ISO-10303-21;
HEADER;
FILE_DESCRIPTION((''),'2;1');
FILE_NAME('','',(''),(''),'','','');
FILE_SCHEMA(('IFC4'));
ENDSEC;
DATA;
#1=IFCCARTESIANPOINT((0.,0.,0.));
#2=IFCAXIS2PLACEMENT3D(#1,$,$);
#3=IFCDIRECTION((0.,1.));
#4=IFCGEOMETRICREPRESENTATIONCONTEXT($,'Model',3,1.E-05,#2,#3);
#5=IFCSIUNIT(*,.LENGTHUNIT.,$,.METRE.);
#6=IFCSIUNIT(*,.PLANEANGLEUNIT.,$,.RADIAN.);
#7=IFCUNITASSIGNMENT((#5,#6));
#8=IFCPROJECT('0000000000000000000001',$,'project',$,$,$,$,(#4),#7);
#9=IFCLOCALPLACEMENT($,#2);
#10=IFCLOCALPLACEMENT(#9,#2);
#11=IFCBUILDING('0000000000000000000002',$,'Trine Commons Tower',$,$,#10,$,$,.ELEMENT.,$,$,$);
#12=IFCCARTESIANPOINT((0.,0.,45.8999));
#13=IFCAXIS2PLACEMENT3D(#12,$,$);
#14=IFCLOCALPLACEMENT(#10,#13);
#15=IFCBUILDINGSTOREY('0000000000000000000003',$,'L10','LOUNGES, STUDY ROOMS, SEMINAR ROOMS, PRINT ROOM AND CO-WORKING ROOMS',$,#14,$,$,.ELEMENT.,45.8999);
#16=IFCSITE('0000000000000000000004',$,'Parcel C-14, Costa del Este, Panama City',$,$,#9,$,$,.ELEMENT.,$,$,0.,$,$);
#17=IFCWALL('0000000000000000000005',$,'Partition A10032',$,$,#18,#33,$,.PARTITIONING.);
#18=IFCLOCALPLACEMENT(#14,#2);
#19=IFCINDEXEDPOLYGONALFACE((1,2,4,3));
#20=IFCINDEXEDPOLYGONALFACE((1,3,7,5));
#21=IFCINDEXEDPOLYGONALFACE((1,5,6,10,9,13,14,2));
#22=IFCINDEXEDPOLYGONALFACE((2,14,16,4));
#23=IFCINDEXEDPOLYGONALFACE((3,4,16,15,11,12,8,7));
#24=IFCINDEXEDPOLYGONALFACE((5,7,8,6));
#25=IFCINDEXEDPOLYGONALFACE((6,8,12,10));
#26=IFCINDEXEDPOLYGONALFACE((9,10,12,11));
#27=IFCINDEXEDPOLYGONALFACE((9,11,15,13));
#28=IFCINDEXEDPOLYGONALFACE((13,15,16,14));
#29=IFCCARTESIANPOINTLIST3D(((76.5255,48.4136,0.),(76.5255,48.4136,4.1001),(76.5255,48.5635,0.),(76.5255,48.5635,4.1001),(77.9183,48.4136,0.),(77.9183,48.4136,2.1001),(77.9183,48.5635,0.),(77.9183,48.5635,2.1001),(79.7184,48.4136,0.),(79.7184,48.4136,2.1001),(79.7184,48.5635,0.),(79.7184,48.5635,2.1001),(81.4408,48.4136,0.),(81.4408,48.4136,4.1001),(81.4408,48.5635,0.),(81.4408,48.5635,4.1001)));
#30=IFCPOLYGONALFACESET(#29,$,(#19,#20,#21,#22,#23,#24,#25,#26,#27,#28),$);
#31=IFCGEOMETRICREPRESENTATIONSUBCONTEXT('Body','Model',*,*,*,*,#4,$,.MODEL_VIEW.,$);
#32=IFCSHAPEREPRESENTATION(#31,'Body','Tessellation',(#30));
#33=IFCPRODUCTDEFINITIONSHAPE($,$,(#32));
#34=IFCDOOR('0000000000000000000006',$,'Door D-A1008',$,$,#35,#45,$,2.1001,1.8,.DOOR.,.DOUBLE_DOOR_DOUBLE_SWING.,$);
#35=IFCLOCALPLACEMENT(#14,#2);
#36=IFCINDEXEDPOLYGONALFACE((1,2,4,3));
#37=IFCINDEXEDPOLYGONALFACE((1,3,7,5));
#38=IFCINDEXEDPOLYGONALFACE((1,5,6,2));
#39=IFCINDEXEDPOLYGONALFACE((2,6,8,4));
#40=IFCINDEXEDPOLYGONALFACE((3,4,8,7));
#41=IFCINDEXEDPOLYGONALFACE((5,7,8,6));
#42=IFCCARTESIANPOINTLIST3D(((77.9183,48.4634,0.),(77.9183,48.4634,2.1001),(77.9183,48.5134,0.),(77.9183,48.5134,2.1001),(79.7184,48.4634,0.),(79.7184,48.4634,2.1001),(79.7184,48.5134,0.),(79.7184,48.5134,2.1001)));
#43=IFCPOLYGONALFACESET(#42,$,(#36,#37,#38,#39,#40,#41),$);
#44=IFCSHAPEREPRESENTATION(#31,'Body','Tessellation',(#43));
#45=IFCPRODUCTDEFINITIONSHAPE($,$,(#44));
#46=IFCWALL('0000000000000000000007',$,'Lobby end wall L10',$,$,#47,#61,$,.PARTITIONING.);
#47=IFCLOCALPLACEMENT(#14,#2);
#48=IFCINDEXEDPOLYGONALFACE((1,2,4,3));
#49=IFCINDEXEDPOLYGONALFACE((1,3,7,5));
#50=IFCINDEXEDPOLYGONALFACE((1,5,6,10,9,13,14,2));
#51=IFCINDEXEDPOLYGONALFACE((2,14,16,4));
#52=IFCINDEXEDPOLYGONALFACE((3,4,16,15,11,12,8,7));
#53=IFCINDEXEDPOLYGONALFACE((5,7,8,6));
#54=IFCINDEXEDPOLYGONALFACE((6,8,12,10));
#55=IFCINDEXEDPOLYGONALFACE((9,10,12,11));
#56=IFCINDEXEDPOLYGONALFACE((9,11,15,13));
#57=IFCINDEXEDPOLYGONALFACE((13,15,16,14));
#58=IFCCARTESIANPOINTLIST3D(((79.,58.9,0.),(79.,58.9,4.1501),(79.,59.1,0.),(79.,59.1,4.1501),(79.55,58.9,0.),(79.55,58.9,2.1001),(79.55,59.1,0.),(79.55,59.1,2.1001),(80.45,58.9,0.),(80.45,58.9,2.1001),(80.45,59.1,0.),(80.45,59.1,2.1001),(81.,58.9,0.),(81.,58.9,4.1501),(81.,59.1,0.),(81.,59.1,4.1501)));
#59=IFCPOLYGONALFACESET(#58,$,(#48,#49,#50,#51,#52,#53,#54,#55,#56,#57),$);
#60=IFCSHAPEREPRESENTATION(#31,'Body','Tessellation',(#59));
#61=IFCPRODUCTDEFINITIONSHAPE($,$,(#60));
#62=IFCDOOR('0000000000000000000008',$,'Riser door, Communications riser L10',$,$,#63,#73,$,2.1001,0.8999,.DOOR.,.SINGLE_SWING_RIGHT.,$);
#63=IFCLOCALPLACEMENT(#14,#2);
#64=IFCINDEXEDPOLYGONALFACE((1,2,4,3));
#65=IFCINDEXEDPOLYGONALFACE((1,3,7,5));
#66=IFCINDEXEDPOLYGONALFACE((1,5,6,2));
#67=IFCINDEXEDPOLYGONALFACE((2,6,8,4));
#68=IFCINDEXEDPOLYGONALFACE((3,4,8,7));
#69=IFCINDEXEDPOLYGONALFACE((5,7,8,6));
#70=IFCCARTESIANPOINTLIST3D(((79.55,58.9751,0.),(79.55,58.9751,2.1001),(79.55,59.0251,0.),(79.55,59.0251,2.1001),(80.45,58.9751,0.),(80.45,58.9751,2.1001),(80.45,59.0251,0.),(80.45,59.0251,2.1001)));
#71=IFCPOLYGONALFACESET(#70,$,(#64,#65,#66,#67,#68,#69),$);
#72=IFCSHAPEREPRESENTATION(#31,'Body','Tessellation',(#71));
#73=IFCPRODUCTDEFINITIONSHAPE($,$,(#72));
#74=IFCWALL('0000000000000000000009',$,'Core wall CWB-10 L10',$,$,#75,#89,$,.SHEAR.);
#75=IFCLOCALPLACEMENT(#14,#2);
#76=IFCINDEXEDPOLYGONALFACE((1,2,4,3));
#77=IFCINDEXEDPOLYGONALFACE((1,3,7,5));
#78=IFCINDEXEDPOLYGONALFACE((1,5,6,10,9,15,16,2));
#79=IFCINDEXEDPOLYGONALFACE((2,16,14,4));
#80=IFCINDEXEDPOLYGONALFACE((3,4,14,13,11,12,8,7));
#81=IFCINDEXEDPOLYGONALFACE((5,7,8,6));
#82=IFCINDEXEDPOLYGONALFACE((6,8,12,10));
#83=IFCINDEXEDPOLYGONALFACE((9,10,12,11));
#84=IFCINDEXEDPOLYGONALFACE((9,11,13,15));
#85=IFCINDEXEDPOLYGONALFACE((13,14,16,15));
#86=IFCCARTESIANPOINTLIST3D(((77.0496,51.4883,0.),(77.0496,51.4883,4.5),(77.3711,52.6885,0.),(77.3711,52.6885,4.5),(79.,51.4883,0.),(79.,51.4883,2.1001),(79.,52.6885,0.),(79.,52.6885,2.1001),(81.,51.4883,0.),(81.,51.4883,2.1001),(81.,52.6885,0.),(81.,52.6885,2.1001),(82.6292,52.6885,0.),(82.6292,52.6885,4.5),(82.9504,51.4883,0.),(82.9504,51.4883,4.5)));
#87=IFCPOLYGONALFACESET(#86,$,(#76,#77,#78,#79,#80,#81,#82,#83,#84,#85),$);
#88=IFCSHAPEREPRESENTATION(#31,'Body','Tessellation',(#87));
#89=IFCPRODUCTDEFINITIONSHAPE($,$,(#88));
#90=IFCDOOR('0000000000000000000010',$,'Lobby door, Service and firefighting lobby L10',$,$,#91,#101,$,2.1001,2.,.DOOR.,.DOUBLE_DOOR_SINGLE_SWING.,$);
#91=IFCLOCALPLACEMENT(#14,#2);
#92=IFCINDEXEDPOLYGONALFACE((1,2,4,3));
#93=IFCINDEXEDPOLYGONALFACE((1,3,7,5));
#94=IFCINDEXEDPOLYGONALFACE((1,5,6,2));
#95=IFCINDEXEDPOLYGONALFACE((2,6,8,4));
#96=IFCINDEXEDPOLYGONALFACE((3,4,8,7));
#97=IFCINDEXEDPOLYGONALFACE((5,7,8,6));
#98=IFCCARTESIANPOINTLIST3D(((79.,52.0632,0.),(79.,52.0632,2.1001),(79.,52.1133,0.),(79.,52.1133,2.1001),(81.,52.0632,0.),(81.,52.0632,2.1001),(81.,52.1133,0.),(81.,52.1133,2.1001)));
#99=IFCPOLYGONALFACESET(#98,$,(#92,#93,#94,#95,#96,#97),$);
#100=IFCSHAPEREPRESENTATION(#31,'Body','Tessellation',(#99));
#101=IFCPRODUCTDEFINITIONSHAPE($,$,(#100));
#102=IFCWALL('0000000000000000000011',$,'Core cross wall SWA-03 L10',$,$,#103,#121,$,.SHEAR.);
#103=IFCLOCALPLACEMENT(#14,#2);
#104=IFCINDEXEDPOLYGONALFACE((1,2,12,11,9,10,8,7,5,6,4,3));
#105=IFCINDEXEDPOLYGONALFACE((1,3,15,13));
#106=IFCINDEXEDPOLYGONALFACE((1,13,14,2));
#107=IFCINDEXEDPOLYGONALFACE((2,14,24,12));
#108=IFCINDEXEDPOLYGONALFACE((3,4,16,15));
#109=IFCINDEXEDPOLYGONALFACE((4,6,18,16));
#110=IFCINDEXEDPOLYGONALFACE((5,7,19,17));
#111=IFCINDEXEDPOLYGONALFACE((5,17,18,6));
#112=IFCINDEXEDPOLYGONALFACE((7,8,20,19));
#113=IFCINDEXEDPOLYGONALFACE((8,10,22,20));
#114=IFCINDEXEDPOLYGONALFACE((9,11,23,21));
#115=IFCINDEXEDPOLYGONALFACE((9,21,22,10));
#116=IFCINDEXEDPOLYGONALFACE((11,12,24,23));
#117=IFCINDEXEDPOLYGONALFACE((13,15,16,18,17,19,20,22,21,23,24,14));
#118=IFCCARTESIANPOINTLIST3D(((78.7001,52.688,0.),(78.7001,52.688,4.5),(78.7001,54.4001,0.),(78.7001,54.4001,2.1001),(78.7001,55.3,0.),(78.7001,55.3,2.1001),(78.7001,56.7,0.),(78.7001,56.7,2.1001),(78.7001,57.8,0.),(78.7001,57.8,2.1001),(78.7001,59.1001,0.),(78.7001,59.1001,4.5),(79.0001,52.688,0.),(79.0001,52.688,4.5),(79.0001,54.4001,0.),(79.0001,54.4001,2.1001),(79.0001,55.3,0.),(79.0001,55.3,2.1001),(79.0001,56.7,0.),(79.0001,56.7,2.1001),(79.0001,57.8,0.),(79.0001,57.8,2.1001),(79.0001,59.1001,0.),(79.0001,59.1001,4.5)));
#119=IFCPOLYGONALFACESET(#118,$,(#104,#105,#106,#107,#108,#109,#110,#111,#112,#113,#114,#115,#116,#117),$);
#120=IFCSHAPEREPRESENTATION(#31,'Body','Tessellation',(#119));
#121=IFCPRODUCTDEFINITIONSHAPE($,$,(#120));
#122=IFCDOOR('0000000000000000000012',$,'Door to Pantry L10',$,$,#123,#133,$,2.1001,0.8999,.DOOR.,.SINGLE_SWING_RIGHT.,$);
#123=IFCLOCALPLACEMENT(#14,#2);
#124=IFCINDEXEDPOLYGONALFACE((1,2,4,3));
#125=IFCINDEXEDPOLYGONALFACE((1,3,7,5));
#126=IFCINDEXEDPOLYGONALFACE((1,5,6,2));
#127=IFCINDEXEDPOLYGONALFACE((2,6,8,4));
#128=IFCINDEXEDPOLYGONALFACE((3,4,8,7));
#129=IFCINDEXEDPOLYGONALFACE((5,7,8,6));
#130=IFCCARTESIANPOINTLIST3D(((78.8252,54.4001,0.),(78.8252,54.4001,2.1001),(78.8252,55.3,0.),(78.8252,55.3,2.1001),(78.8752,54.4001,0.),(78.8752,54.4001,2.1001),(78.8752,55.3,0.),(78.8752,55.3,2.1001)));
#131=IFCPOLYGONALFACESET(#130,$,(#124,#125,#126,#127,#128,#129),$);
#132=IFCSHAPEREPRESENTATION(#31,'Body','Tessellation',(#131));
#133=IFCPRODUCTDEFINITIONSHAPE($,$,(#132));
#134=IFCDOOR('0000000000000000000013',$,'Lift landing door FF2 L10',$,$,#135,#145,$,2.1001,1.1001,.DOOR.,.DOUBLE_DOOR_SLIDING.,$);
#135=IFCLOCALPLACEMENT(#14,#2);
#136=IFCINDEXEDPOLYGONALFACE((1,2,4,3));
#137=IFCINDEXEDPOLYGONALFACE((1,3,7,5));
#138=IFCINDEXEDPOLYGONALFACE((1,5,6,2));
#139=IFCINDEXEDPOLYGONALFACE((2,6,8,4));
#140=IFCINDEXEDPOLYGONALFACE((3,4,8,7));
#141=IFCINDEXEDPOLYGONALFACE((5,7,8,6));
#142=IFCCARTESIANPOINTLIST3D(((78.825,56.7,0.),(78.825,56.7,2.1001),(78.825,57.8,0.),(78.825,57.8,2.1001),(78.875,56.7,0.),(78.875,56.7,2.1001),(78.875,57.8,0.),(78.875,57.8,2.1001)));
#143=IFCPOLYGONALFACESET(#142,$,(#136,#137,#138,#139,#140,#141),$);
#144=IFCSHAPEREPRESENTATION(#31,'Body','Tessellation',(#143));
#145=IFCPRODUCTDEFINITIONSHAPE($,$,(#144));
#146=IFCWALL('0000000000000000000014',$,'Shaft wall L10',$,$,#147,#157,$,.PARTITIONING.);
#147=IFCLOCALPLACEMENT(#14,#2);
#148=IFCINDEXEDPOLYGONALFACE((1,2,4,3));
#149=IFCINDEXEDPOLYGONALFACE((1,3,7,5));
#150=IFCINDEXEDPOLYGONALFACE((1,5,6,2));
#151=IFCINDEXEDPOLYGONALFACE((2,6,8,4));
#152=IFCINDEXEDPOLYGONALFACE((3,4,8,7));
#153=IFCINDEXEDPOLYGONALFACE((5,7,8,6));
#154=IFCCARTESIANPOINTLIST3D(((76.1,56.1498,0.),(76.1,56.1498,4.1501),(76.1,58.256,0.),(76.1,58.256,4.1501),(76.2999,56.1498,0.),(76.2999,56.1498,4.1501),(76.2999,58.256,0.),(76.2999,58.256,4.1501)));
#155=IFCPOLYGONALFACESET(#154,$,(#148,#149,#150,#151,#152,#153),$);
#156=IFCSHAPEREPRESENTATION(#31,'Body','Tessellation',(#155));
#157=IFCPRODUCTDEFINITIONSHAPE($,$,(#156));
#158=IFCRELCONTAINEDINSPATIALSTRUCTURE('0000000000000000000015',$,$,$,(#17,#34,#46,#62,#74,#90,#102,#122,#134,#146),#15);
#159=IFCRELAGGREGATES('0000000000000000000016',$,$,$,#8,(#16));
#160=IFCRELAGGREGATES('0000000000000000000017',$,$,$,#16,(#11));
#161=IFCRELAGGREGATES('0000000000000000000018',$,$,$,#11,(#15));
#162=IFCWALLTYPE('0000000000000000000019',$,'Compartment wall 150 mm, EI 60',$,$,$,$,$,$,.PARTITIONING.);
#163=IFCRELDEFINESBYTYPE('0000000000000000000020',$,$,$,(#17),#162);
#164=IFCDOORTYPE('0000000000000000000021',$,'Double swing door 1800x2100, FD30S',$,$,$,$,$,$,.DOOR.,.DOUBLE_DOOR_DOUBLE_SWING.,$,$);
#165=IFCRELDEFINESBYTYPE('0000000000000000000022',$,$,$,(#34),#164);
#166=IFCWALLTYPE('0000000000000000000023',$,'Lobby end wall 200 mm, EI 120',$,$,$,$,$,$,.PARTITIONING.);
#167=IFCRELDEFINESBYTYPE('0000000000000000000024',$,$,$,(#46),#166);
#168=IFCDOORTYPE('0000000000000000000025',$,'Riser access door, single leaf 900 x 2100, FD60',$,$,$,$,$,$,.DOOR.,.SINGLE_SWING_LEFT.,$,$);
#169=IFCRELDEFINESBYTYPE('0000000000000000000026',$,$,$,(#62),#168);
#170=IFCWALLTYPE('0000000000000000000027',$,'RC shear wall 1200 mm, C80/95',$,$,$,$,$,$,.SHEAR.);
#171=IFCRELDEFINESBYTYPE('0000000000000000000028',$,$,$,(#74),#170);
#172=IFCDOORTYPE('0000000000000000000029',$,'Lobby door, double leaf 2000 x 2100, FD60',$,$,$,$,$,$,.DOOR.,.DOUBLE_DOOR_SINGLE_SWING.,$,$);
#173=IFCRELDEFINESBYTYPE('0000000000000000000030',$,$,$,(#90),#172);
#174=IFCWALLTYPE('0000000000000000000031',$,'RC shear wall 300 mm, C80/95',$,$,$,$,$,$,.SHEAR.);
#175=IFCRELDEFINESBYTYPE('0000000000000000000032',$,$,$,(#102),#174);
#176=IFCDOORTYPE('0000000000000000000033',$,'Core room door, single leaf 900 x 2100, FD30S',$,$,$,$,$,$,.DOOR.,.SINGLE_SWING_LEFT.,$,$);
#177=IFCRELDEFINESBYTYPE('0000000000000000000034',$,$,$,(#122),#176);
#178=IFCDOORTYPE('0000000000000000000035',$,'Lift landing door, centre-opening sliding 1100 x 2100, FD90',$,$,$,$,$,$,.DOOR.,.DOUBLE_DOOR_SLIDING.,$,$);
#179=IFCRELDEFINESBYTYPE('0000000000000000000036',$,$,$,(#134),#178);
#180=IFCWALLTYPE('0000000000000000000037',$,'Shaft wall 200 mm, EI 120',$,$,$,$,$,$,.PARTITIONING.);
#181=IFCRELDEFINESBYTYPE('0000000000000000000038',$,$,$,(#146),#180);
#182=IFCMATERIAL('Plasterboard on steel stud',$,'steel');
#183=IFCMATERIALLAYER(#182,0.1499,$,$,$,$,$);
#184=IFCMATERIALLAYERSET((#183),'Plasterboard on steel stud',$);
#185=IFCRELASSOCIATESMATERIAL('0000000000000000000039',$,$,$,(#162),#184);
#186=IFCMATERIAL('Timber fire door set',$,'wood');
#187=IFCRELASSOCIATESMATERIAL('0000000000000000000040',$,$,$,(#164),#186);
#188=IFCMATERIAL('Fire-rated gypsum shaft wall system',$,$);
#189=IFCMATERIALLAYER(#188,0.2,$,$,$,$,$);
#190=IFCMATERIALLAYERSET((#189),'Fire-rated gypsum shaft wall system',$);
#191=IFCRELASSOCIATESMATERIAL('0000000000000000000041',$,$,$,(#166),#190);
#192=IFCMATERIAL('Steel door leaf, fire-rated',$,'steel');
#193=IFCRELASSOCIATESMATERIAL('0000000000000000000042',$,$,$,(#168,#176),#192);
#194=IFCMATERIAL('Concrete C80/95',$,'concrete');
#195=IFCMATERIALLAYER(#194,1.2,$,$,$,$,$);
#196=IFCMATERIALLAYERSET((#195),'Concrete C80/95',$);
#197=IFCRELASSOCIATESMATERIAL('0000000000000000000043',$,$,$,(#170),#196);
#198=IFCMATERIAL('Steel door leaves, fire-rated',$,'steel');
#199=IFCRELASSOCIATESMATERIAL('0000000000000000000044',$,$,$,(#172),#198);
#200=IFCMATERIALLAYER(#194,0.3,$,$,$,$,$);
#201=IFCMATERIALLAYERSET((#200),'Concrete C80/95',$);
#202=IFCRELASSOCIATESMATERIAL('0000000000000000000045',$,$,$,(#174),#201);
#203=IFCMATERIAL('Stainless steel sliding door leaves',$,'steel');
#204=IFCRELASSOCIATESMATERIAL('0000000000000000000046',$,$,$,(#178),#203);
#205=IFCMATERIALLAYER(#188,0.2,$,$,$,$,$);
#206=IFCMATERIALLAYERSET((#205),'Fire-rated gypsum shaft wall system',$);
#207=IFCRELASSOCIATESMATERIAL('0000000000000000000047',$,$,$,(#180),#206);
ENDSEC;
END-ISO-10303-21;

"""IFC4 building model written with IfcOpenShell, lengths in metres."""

from ifc_helpers import new_model, si_unit, direction, frame, frame_2d, origin, place, context, subcontext, project, spatial, polyline, rectangle, outline, extrude, material, layer, layer_set, type_object, element, fill, save


model = new_model("IFC4")

# Units and contexts
model_context = context("Model", 3, precision=1e-05, world=origin(), true_north=direction((0.0, 1.0)))
body_context = subcontext(model_context, "Body", "Model", "MODEL_VIEW")
ifc_project = project(units=[si_unit("LENGTHUNIT", "METRE"), si_unit("PLANEANGLEUNIT", "RADIAN")], contexts=[model_context])

# Site, building, storey
site_placement = place(None, origin())
site = spatial("IfcSite", under=ifc_project, at=site_placement, Name="Parcel C-14, Costa del Este, Panama City", CompositionType="ELEMENT", RefElevation=0.0)
building_placement = place(site_placement, origin())
building = spatial("IfcBuilding", under=site, at=building_placement, Name="Trine Commons Tower", CompositionType="ELEMENT")
storey_placement = place(building_placement, frame((0.0, 0.0, 45.8999)))
storey = spatial("IfcBuildingStorey", under=building, at=storey_placement, Name="L10", Description="LOUNGES, STUDY ROOMS, SEMINAR ROOMS, PRINT ROOM AND CO-WORKING ROOMS", CompositionType="ELEMENT", Elevation=45.8999)

# Walls, openings, doors
ifc_material_1 = material(Name="Plasterboard on steel stud", Category="steel")
ifc_layer_1 = layer(ifc_material_1, 0.1499)
ifc_layer_set_1 = layer_set([ifc_layer_1], Name="Plasterboard on steel stud")
wall_type_1 = type_object("IfcWallType", Name="Compartment wall 150 mm, EI 60", PredefinedType="PARTITIONING", material=ifc_layer_set_1)
wall_1_placement = place(storey_placement, frame((76.5256, 48.4885, 0.0), z_axis=(0.0, 0.0, 1.0), x_axis=(1.0, 0.0, 0.0)))
wall_1 = element("IfcWall", 1, at=wall_1_placement, inside=storey, type_object=wall_type_1, Name="Partition A10032", PredefinedType="PARTITIONING", context=body_context, shape_type="SweptSolid", body=[
    extrude(rectangle(XDim=4.9153, YDim=0.1499, at=frame_2d((2.4575, 0.0))), origin(), (0.0, 0.0, 1.0), 4.1001),
])
opening_1_placement = place(wall_1_placement, frame((1.3928, 0.0, 0.0)))
opening_1 = element("IfcOpeningElement", 2, at=opening_1_placement, cuts=wall_1, PredefinedType="OPENING", context=body_context, shape_type="SweptSolid", body=[
    extrude(rectangle(XDim=1.8, YDim=2.1001, at=frame_2d((0.8999, 1.05))), frame((0.0, 0.085, 0.0), z_axis=(0.0, -1.0, 0.0), x_axis=(1.0, 0.0, 0.0)), (0.0, 0.0, 1.0), 0.1699),
])
ifc_material_2 = material(Name="Timber fire door set", Category="wood")
door_type_1 = type_object("IfcDoorType", Name="Double swing door 1800x2100, FD30S", OperationType="DOUBLE_DOOR_DOUBLE_SWING", PredefinedType="DOOR", material=ifc_material_2)
door_1_placement = place(opening_1_placement, origin())
door_1 = element("IfcDoor", 3, at=door_1_placement, inside=storey, type_object=door_type_1, Name="Door D-A1008", OperationType="DOUBLE_DOOR_DOUBLE_SWING", OverallHeight=2.1001, OverallWidth=1.8, PredefinedType="DOOR", context=body_context, shape_type="SweptSolid", body=[
    extrude(rectangle(XDim=1.8, YDim=2.1001, at=frame_2d((0.8999, 1.05))), frame((0.0, 0.0249, 0.0), z_axis=(0.0, -1.0, 0.0), x_axis=(1.0, 0.0, 0.0)), (0.0, 0.0, 1.0), 0.05),
])
fill(opening_1, door_1)
ifc_material_3 = material(Name="Fire-rated gypsum shaft wall system")
ifc_layer_2 = layer(ifc_material_3, 0.2)
ifc_layer_set_2 = layer_set([ifc_layer_2], Name="Fire-rated gypsum shaft wall system")
wall_type_2 = type_object("IfcWallType", Name="Lobby end wall 200 mm, EI 120", PredefinedType="PARTITIONING", material=ifc_layer_set_2)
wall_2_placement = place(storey_placement, frame((79.0, 59.0, 0.0), z_axis=(0.0, 0.0, 1.0), x_axis=(1.0, 0.0, 0.0)))
wall_2 = element("IfcWall", 4, at=wall_2_placement, inside=storey, type_object=wall_type_2, Name="Lobby end wall L10", PredefinedType="PARTITIONING", context=body_context, shape_type="SweptSolid", body=[
    extrude(rectangle(XDim=2.0, YDim=0.2, at=frame_2d((1.0, 0.0))), origin(), (0.0, 0.0, 1.0), 4.1501),
])
opening_2_placement = place(wall_2_placement, frame((0.55, 0.0, 0.0)))
opening_2 = element("IfcOpeningElement", 5, at=opening_2_placement, cuts=wall_2, PredefinedType="OPENING", context=body_context, shape_type="SweptSolid", body=[
    extrude(rectangle(XDim=0.8999, YDim=2.1001, at=frame_2d((0.45, 1.05))), frame((0.0, 0.1099, 0.0), z_axis=(0.0, -1.0, 0.0), x_axis=(1.0, 0.0, 0.0)), (0.0, 0.0, 1.0), 0.22),
])
ifc_material_4 = material(Name="Steel door leaf, fire-rated", Category="steel")
door_type_2 = type_object("IfcDoorType", Name="Riser access door, single leaf 900 x 2100, FD60", OperationType="SINGLE_SWING_LEFT", PredefinedType="DOOR", material=ifc_material_4)
door_2_placement = place(opening_2_placement, frame((0.8999, 0.0, 0.0), z_axis=(0.0, 0.0, 1.0), x_axis=(-1.0, 0.0, 0.0)))
door_2 = element("IfcDoor", 6, at=door_2_placement, inside=storey, type_object=door_type_2, Name="Riser door, Communications riser L10", OperationType="SINGLE_SWING_RIGHT", OverallHeight=2.1001, OverallWidth=0.8999, PredefinedType="DOOR", context=body_context, shape_type="SweptSolid", body=[
    extrude(rectangle(XDim=0.8999, YDim=2.1001, at=frame_2d((0.45, 1.05))), frame((0.0, 0.0249, 0.0), z_axis=(0.0, -1.0, 0.0), x_axis=(1.0, 0.0, 0.0)), (0.0, 0.0, 1.0), 0.05),
])
fill(opening_2, door_2)
ifc_material_5 = material(Name="Concrete C80/95", Category="concrete")
ifc_layer_3 = layer(ifc_material_5, 1.2)
ifc_layer_set_3 = layer_set([ifc_layer_3], Name="Concrete C80/95")
wall_type_3 = type_object("IfcWallType", Name="RC shear wall 1200 mm, C80/95", PredefinedType="SHEAR", material=ifc_layer_set_3)
wall_3_placement = place(storey_placement, frame((77.0496, 52.0884, 0.0), z_axis=(0.0, 0.0, 1.0), x_axis=(1.0, 0.0, 0.0)))
wall_3 = element("IfcWall", 7, at=wall_3_placement, inside=storey, type_object=wall_type_3, Name="Core wall CWB-10 L10", PredefinedType="SHEAR", context=body_context, shape_type="SweptSolid", body=[
    extrude(outline(polyline([(0.0, -0.6001), (5.9009, -0.6001), (5.5796, 0.6001), (0.3215, 0.6001), (0.0, -0.6001)])), origin(), (0.0, 0.0, 1.0), 4.5),
])
opening_3_placement = place(wall_3_placement, frame((1.9504, 0.0, 0.0)))
opening_3 = element("IfcOpeningElement", 8, at=opening_3_placement, cuts=wall_3, PredefinedType="OPENING", context=body_context, shape_type="SweptSolid", body=[
    extrude(rectangle(XDim=2.0, YDim=2.1001, at=frame_2d((1.0, 1.05))), frame((0.0, 0.6099, 0.0), z_axis=(0.0, -1.0, 0.0), x_axis=(1.0, 0.0, 0.0)), (0.0, 0.0, 1.0), 1.22),
])
ifc_material_6 = material(Name="Steel door leaves, fire-rated", Category="steel")
door_type_3 = type_object("IfcDoorType", Name="Lobby door, double leaf 2000 x 2100, FD60", OperationType="DOUBLE_DOOR_SINGLE_SWING", PredefinedType="DOOR", material=ifc_material_6)
door_3_placement = place(opening_3_placement, origin())
door_3 = element("IfcDoor", 9, at=door_3_placement, inside=storey, type_object=door_type_3, Name="Lobby door, Service and firefighting lobby L10", OperationType="DOUBLE_DOOR_SINGLE_SWING", OverallHeight=2.1001, OverallWidth=2.0, PredefinedType="DOOR", context=body_context, shape_type="SweptSolid", body=[
    extrude(rectangle(XDim=2.0, YDim=2.1001, at=frame_2d((1.0, 1.05))), frame((0.0, 0.0249, 0.0), z_axis=(0.0, -1.0, 0.0), x_axis=(1.0, 0.0, 0.0)), (0.0, 0.0, 1.0), 0.05),
])
fill(opening_3, door_3)

# Wall, openings, doors
ifc_layer_4 = layer(ifc_material_5, 0.3)
ifc_layer_set_4 = layer_set([ifc_layer_4], Name="Concrete C80/95")
wall_type_4 = type_object("IfcWallType", Name="RC shear wall 300 mm, C80/95", PredefinedType="SHEAR", material=ifc_layer_set_4)
wall_4_placement = place(storey_placement, frame((78.8501, 59.1001, 0.0), z_axis=(0.0, 0.0, 1.0), x_axis=(0.0, -1.0, 0.0)))
wall_4 = element("IfcWall", 10, at=wall_4_placement, inside=storey, type_object=wall_type_4, Name="Core cross wall SWA-03 L10", PredefinedType="SHEAR", context=body_context, shape_type="SweptSolid", body=[
    extrude(rectangle(XDim=6.4121, YDim=0.3, at=frame_2d((3.2061, 0.0))), origin(), (0.0, 0.0, 1.0), 4.5),
])
opening_4_placement = place(wall_4_placement, frame((3.8, 0.0, 0.0)))
opening_4 = element("IfcOpeningElement", 11, at=opening_4_placement, cuts=wall_4, PredefinedType="OPENING", context=body_context, shape_type="SweptSolid", body=[
    extrude(rectangle(XDim=0.8999, YDim=2.1001, at=frame_2d((0.45, 1.05))), frame((0.0, 0.1599, 0.0), z_axis=(0.0, -1.0, 0.0), x_axis=(1.0, 0.0, 0.0)), (0.0, 0.0, 1.0), 0.3201),
])
opening_5_placement = place(wall_4_placement, frame((1.3, 0.0, 0.0)))
opening_5 = element("IfcOpeningElement", 12, at=opening_5_placement, cuts=wall_4, PredefinedType="OPENING", context=body_context, shape_type="SweptSolid", body=[
    extrude(rectangle(XDim=1.1001, YDim=2.1001, at=frame_2d((0.55, 1.05))), frame((0.0, 0.1599, 0.0), z_axis=(0.0, -1.0, 0.0), x_axis=(1.0, 0.0, 0.0)), (0.0, 0.0, 1.0), 0.3201),
])
door_type_4 = type_object("IfcDoorType", Name="Core room door, single leaf 900 x 2100, FD30S", OperationType="SINGLE_SWING_LEFT", PredefinedType="DOOR", material=ifc_material_4)
door_4_placement = place(opening_4_placement, frame((0.8999, 0.0, 0.0), z_axis=(0.0, 0.0, 1.0), x_axis=(-1.0, 0.0, 0.0)))
door_4 = element("IfcDoor", 13, at=door_4_placement, inside=storey, type_object=door_type_4, Name="Door to Pantry L10", OperationType="SINGLE_SWING_RIGHT", OverallHeight=2.1001, OverallWidth=0.8999, PredefinedType="DOOR", context=body_context, shape_type="SweptSolid", body=[
    extrude(rectangle(XDim=0.8999, YDim=2.1001, at=frame_2d((0.45, 1.05))), frame((0.0, 0.0249, 0.0), z_axis=(0.0, -1.0, 0.0), x_axis=(1.0, 0.0, 0.0)), (0.0, 0.0, 1.0), 0.05),
])
fill(opening_4, door_4)
ifc_material_7 = material(Name="Stainless steel sliding door leaves", Category="steel")
door_type_5 = type_object("IfcDoorType", Name="Lift landing door, centre-opening sliding 1100 x 2100, FD90", OperationType="DOUBLE_DOOR_SLIDING", PredefinedType="DOOR", material=ifc_material_7)
door_5_placement = place(opening_5_placement, origin())
door_5 = element("IfcDoor", 14, at=door_5_placement, inside=storey, type_object=door_type_5, Name="Lift landing door FF2 L10", OperationType="DOUBLE_DOOR_SLIDING", OverallHeight=2.1001, OverallWidth=1.1001, PredefinedType="DOOR", context=body_context, shape_type="SweptSolid", body=[
    extrude(rectangle(XDim=1.1001, YDim=2.1001, at=frame_2d((0.55, 1.05))), frame((0.0, 0.0249, 0.0), z_axis=(0.0, -1.0, 0.0), x_axis=(1.0, 0.0, 0.0)), (0.0, 0.0, 1.0), 0.05),
])
fill(opening_5, door_5)

# Wall
ifc_layer_5 = layer(ifc_material_3, 0.2)
ifc_layer_set_5 = layer_set([ifc_layer_5], Name="Fire-rated gypsum shaft wall system")
wall_type_5 = type_object("IfcWallType", Name="Shaft wall 200 mm, EI 120", PredefinedType="PARTITIONING", material=ifc_layer_set_5)
wall_5_placement = place(storey_placement, frame((76.2, 58.2561, 0.0), z_axis=(0.0, 0.0, 1.0), x_axis=(0.0, -1.0, 0.0)))
element("IfcWall", 15, at=wall_5_placement, inside=storey, type_object=wall_type_5, Name="Shaft wall L10", PredefinedType="PARTITIONING", context=body_context, shape_type="SweptSolid", body=[
    extrude(rectangle(XDim=2.1062, YDim=0.2, at=frame_2d((1.0532, 0.0))), origin(), (0.0, 0.0, 1.0), 4.1501),
])

save(model, "model.ifc")
